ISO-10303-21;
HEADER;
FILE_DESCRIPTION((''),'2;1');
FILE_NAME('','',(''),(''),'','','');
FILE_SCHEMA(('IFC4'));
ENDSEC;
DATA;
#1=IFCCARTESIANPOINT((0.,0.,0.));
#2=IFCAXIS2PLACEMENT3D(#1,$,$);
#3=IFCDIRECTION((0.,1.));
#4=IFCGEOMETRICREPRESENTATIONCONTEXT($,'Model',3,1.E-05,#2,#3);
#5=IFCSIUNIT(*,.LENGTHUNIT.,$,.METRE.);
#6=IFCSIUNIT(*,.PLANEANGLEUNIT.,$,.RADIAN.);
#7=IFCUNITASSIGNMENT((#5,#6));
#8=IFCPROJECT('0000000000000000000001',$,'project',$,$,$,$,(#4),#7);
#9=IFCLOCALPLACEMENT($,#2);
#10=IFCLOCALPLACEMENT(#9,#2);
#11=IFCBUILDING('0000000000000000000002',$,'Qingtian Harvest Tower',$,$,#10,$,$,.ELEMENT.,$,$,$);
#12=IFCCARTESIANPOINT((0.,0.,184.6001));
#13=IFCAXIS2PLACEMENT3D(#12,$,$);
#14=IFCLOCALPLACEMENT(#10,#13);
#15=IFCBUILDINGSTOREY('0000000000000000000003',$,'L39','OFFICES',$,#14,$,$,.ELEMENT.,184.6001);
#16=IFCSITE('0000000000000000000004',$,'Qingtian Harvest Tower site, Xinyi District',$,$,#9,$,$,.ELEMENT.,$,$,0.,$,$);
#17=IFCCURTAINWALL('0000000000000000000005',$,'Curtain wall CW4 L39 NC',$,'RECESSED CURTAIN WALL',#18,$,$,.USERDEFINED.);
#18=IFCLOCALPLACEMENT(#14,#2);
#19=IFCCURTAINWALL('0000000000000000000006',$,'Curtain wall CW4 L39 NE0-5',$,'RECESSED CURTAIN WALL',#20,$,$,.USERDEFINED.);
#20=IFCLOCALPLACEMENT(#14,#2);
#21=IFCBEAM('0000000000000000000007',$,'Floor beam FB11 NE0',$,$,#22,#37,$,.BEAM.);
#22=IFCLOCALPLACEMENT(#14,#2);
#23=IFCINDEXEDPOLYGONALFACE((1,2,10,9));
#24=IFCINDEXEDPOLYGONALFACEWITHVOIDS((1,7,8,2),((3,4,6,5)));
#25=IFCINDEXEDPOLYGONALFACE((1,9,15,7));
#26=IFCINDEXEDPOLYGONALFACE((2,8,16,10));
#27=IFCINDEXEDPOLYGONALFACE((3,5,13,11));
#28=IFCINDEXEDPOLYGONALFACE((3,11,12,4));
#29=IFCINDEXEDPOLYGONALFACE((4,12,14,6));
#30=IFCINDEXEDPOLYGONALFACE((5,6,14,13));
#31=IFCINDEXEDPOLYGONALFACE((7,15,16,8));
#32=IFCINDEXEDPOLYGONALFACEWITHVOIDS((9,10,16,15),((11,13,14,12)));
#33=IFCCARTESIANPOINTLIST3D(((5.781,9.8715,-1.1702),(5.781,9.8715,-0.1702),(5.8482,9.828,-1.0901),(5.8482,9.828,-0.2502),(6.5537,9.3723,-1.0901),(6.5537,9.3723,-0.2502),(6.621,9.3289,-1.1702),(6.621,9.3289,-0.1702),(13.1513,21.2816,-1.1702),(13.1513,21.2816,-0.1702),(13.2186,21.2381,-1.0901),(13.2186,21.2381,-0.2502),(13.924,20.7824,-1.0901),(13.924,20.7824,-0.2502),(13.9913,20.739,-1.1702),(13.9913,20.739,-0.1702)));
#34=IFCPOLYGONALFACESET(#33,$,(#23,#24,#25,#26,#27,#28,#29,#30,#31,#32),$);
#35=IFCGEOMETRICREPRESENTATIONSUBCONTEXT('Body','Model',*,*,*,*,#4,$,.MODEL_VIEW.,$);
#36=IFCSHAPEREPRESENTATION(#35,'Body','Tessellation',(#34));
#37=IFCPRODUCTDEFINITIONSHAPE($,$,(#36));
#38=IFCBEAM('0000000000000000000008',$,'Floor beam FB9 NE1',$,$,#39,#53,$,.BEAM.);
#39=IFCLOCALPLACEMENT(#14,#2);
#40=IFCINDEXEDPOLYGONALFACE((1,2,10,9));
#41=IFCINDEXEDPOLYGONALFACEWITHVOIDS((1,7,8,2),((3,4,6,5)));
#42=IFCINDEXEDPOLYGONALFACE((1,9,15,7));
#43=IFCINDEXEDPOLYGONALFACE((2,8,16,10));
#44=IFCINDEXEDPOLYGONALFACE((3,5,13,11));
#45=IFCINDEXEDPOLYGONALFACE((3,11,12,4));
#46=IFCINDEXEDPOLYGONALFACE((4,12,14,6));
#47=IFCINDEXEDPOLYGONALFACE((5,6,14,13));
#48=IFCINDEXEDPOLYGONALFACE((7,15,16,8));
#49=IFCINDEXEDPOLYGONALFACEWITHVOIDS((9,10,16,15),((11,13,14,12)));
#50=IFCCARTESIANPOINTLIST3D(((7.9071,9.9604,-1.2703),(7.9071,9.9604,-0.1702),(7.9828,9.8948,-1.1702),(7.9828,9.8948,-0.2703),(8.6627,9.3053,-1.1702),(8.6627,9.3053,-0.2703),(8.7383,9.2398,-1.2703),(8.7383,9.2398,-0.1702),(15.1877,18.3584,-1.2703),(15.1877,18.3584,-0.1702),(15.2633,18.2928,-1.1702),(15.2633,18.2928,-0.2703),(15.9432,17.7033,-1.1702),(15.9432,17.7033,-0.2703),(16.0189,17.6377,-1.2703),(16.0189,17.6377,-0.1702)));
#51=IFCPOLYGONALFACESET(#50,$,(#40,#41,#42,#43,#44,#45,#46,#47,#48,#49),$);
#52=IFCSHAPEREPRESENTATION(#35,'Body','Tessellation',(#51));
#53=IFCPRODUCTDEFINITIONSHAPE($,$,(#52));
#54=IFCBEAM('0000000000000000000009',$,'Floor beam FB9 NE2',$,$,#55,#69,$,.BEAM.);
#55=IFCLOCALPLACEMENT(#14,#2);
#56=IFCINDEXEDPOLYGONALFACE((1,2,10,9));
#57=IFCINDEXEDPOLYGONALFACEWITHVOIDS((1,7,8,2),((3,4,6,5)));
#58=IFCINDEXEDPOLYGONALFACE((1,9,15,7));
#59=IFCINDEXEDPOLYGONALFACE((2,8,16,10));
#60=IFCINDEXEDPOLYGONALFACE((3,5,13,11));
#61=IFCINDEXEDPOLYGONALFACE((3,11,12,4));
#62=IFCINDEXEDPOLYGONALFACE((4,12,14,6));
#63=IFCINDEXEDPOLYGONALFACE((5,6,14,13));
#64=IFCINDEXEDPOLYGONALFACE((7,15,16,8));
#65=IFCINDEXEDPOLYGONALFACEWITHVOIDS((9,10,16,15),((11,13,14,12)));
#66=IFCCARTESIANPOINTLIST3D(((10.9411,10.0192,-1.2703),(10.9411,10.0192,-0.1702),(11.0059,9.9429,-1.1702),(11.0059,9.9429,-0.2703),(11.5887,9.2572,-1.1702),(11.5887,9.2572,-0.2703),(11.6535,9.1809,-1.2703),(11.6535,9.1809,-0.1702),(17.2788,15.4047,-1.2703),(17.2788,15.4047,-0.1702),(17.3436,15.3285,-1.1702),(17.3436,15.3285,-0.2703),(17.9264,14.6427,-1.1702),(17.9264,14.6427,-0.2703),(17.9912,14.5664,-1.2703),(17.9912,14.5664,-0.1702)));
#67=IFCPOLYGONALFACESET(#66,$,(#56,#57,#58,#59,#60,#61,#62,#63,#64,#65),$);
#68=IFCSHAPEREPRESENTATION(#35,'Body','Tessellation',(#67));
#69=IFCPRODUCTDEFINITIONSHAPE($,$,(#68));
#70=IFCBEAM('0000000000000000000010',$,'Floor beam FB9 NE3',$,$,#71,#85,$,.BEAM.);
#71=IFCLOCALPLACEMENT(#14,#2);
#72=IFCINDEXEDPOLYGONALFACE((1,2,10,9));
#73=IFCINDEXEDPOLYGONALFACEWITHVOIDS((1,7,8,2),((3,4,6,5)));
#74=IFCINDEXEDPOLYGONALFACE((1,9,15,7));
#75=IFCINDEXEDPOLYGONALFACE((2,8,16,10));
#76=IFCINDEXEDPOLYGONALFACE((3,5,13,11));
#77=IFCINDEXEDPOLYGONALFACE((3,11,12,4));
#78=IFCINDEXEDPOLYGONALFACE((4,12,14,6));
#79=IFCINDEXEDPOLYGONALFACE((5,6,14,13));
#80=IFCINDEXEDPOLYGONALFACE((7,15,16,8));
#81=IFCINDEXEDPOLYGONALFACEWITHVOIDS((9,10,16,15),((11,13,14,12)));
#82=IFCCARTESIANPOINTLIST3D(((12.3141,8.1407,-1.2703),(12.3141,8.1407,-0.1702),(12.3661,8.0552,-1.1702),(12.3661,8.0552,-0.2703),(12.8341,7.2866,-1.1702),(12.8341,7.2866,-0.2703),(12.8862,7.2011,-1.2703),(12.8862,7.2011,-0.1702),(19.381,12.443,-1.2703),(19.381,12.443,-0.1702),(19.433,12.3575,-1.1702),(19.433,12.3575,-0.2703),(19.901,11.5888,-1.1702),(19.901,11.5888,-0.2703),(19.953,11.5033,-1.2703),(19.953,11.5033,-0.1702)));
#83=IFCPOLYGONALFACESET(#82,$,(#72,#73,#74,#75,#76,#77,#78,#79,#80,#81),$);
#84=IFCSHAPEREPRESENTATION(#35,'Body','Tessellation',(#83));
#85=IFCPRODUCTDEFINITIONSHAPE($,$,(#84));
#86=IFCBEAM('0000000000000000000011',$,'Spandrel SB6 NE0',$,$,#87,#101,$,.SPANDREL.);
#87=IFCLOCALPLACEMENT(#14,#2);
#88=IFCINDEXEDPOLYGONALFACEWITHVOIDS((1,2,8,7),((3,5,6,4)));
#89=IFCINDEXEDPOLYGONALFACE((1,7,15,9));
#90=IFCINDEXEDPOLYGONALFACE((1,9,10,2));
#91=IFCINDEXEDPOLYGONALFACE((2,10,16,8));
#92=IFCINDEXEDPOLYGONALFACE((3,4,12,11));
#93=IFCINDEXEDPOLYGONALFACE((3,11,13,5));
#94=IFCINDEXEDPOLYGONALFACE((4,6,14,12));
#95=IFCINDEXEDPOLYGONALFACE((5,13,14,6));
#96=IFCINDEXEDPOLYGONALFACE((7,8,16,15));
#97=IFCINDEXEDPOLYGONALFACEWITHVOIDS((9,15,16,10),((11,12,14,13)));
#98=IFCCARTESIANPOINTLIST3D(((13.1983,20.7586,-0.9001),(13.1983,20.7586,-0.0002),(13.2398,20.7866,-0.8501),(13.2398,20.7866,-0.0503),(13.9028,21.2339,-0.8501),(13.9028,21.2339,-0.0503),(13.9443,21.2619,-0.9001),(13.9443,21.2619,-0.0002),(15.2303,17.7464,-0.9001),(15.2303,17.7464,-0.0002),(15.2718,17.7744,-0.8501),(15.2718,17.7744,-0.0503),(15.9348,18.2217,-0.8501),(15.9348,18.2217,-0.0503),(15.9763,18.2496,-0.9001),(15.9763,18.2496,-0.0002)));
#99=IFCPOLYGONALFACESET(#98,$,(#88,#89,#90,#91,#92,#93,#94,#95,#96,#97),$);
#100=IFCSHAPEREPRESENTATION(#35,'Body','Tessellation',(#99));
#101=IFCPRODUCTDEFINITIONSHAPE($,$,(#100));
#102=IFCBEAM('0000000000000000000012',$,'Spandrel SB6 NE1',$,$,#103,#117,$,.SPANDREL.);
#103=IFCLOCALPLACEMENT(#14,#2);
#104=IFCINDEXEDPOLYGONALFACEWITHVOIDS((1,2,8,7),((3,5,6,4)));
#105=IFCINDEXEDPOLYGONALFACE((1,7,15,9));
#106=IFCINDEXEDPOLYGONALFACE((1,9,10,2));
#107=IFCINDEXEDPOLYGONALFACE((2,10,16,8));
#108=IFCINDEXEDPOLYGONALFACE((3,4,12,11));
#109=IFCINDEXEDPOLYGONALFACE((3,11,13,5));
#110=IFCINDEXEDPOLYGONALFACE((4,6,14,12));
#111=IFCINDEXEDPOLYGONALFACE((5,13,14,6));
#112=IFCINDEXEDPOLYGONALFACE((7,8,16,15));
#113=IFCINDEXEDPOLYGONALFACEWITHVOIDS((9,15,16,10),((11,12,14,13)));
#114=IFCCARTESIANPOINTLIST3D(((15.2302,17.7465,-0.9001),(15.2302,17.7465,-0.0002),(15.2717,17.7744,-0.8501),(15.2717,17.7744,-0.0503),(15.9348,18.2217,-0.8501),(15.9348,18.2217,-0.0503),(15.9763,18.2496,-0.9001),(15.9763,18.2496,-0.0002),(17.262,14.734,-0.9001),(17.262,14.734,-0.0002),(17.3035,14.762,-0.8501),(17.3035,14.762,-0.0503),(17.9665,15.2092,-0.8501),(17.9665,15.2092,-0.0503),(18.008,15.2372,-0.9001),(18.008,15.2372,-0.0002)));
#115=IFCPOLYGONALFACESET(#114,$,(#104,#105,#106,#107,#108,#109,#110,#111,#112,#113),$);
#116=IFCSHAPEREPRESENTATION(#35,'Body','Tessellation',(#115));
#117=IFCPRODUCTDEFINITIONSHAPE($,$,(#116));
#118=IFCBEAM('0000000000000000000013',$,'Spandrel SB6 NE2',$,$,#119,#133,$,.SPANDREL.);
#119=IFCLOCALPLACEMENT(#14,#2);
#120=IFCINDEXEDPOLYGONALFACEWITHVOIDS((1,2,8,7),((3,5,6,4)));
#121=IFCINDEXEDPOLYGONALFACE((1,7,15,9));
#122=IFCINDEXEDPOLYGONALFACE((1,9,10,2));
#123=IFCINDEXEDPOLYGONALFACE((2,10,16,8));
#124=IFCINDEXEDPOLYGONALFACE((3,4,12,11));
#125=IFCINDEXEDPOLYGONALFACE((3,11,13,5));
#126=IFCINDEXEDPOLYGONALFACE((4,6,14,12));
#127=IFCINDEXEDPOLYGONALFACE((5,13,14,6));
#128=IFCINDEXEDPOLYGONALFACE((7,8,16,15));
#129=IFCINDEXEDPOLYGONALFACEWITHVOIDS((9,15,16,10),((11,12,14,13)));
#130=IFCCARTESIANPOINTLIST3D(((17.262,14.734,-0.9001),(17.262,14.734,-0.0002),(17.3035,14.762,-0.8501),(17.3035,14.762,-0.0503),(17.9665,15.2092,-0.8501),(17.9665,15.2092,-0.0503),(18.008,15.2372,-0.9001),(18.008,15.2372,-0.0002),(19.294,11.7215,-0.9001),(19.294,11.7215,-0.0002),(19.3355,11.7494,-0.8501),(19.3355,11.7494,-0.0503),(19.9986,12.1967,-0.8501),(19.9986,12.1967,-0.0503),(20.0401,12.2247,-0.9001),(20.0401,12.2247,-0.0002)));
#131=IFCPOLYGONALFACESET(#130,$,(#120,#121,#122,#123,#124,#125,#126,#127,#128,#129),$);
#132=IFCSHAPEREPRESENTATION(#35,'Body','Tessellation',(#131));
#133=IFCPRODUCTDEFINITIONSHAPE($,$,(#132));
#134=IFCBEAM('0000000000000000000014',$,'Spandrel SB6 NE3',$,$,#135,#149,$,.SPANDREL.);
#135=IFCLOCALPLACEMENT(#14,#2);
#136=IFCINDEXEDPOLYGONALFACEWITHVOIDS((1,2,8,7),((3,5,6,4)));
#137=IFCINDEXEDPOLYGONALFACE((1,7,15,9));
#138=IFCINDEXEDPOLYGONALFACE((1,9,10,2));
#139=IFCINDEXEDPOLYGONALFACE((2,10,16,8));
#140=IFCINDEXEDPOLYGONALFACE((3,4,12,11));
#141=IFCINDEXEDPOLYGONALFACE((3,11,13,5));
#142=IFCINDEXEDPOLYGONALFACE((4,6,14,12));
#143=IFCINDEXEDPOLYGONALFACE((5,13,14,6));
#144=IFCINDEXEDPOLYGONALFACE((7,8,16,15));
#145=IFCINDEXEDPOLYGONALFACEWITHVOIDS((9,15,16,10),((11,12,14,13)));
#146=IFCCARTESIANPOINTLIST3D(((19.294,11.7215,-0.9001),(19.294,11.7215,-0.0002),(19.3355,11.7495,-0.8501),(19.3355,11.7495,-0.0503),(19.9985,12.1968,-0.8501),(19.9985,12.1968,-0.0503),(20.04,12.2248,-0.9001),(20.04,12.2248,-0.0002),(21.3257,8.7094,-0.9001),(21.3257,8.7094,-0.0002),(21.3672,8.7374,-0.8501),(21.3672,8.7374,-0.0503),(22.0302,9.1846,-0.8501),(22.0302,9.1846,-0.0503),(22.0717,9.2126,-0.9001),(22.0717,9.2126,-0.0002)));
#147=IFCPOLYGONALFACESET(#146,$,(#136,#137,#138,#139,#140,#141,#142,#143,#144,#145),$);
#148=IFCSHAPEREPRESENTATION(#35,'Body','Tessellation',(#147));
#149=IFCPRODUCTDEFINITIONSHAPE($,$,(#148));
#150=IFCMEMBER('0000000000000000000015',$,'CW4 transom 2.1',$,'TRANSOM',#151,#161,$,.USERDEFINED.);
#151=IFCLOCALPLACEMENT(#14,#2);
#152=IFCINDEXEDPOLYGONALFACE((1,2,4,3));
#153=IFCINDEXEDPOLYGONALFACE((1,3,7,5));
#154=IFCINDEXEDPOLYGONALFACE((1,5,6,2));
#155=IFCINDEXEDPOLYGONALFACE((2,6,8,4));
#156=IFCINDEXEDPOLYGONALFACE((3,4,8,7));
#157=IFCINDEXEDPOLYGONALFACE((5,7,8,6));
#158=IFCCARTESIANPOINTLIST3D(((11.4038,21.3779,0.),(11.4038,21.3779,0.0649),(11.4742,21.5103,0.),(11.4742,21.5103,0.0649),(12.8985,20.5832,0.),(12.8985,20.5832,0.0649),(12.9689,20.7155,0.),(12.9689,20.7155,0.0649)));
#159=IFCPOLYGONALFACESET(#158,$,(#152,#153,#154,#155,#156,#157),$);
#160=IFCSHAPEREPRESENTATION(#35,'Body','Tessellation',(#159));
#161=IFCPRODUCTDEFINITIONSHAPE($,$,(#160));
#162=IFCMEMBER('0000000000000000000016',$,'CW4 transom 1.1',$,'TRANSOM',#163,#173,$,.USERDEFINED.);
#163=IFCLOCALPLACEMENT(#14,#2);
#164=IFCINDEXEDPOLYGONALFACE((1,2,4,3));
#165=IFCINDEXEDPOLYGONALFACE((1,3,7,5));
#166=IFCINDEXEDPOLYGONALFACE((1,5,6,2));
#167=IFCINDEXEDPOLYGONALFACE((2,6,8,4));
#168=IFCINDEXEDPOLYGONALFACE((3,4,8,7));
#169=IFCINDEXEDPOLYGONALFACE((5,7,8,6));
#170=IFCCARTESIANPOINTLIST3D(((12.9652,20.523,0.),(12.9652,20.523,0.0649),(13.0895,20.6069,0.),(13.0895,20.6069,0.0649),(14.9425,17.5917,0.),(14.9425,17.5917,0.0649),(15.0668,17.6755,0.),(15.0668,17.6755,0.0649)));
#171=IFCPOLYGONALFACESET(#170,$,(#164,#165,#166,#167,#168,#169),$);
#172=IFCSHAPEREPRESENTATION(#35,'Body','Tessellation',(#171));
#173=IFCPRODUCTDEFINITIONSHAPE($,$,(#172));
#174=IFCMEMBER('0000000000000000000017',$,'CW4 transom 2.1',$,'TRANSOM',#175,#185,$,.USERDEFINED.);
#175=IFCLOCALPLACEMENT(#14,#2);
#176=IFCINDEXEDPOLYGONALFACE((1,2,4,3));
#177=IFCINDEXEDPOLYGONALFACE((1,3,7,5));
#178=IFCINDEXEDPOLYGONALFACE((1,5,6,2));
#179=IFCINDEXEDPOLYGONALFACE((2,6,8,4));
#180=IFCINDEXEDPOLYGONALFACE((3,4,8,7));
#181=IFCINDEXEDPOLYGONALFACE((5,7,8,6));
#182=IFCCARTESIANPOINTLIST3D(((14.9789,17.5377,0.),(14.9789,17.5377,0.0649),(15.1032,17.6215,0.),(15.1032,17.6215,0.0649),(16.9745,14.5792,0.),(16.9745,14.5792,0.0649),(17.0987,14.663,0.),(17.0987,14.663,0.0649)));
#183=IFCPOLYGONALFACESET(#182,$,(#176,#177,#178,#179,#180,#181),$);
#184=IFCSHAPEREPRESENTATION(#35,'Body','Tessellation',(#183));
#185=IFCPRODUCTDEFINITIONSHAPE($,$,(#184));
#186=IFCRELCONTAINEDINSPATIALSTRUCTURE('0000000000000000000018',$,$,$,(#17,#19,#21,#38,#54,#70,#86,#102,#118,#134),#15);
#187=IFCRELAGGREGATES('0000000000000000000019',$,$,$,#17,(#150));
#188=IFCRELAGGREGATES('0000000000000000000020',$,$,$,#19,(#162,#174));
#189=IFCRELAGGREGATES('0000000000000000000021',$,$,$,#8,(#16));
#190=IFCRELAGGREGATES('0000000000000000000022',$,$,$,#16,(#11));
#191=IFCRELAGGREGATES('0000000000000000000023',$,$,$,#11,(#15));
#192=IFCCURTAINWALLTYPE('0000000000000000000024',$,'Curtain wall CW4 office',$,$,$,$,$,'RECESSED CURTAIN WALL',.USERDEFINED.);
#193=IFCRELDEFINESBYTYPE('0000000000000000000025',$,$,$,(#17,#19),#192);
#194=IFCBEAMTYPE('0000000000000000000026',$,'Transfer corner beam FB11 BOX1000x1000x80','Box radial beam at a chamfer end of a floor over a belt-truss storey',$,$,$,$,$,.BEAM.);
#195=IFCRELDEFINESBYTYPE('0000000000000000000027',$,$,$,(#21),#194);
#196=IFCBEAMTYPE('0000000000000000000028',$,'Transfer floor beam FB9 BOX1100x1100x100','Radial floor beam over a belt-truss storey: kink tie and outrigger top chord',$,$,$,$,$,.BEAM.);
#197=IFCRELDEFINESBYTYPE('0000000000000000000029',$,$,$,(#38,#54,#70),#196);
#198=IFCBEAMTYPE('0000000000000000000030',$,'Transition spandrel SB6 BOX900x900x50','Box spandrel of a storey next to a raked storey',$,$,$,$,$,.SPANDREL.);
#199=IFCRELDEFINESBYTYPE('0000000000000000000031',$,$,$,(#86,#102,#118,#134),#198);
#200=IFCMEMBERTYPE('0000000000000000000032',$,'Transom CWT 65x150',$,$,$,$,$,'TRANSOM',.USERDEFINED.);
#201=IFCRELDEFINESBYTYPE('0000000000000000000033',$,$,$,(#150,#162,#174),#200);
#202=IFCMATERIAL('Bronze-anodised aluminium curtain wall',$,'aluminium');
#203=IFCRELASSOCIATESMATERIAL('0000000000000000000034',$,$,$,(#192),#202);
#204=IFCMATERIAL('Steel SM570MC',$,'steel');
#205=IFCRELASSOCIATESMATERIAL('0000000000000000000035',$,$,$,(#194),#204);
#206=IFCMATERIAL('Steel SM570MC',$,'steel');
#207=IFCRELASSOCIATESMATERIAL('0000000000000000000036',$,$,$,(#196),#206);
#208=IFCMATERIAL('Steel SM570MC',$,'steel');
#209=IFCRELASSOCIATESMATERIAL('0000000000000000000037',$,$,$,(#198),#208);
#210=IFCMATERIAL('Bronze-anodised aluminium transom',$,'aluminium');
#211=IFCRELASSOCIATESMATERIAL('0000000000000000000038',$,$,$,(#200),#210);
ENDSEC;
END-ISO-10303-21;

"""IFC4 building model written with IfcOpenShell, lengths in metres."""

from ifc_helpers import new_model, si_unit, direction, frame, origin, origin_2d, place, context, subcontext, project, spatial, rectangle, hollow_rectangle, extrude, material, material_profile, profile_set, type_object, element, aggregate, save


model = new_model("IFC4")

# Units and contexts
model_context = context("Model", 3, precision=1e-05, world=origin(), true_north=direction((0.0, 1.0)))
body_context = subcontext(model_context, "Body", "Model", "MODEL_VIEW")
ifc_project = project(units=[si_unit("LENGTHUNIT", "METRE"), si_unit("PLANEANGLEUNIT", "RADIAN")], contexts=[model_context])

# Site, building, storey
site_placement = place(None, origin())
site = spatial("IfcSite", under=ifc_project, at=site_placement, Name="Qingtian Harvest Tower site, Xinyi District", CompositionType="ELEMENT", RefElevation=0.0)
building_placement = place(site_placement, origin())
building = spatial("IfcBuilding", under=site, at=building_placement, Name="Qingtian Harvest Tower", CompositionType="ELEMENT")
storey_placement = place(building_placement, frame((0.0, 0.0, 184.6001)))
storey = spatial("IfcBuildingStorey", under=building, at=storey_placement, Name="L39", Description="OFFICES", CompositionType="ELEMENT", Elevation=184.6001)

# Curtain wall
ifc_material_1 = material(Name="Bronze-anodised aluminium curtain wall", Category="aluminium")
curtain_wall_type = type_object("IfcCurtainWallType", Name="Curtain wall CW4 office", ElementType="RECESSED CURTAIN WALL", PredefinedType="USERDEFINED", material=ifc_material_1)
curtain_wall_1_placement = place(storey_placement, origin())
curtain_wall_1 = element("IfcCurtainWall", 1, at=curtain_wall_1_placement, inside=storey, type_object=curtain_wall_type, Name="Curtain wall CW4 L39 NC", ObjectType="RECESSED CURTAIN WALL", PredefinedType="USERDEFINED")

# Curtain wall
curtain_wall_2_placement = place(storey_placement, origin())
curtain_wall_2 = element("IfcCurtainWall", 2, at=curtain_wall_2_placement, inside=storey, type_object=curtain_wall_type, Name="Curtain wall CW4 L39 NE0-5", ObjectType="RECESSED CURTAIN WALL", PredefinedType="USERDEFINED")

# Beams
ifc_material_2 = material(Name="Steel SM570MC", Category="steel")
ifc_material_profile_1 = material_profile(ifc_material_2, hollow_rectangle(XDim=1.0, YDim=1.0, WallThickness=0.0801, at=origin_2d()), Name="BOX1000x1000x80")
ifc_profile_set_1 = profile_set([ifc_material_profile_1], Name="Steel SM570MC")
beam_type_1 = type_object("IfcBeamType", Name="Transfer corner beam FB11 BOX1000x1000x80", Description="Box radial beam at a chamfer end of a floor over a belt-truss storey", PredefinedType="BEAM", material=ifc_profile_set_1)
beam_1_placement = place(storey_placement, frame((13.5713, 21.0103, -0.6702), z_axis=(-0.542593, -0.839996, 0.0), x_axis=(0.839996, -0.542593, 0.0)))
element("IfcBeam", 3, at=beam_1_placement, inside=storey, type_object=beam_type_1, Name="Floor beam FB11 NE0", PredefinedType="BEAM", context=body_context, shape_type="SweptSolid", body=[
    extrude(hollow_rectangle(XDim=1.0, YDim=1.0, WallThickness=0.0801, at=origin_2d()), origin(), (0.0, 0.0, 1.0), 13.5835),
])
ifc_material_3 = material(Name="Steel SM570MC", Category="steel")
ifc_material_profile_2 = material_profile(ifc_material_3, hollow_rectangle(XDim=1.1001, YDim=1.1001, WallThickness=0.1001, at=origin_2d()), Name="BOX1100x1100x100")
ifc_profile_set_2 = profile_set([ifc_material_profile_2], Name="Steel SM570MC")
beam_type_2 = type_object("IfcBeamType", Name="Transfer floor beam FB9 BOX1100x1100x100", Description="Radial floor beam over a belt-truss storey: kink tie and outrigger top chord", PredefinedType="BEAM", material=ifc_profile_set_2)
beam_2_placement = place(storey_placement, frame((15.6033, 17.998, -0.7202), z_axis=(-0.655048, -0.755587, 0.0), x_axis=(0.755587, -0.655048, 0.0)))
element("IfcBeam", 4, at=beam_2_placement, inside=storey, type_object=beam_type_2, Name="Floor beam FB9 NE1", PredefinedType="BEAM", context=body_context, shape_type="SweptSolid", body=[
    extrude(hollow_rectangle(XDim=1.1001, YDim=1.1001, WallThickness=0.1001, at=origin_2d()), origin(), (0.0, 0.0, 1.0), 11.1145),
])
beam_3_placement = place(storey_placement, frame((17.635, 14.9856, -0.7202), z_axis=(-0.762028, -0.647544, 0.0), x_axis=(0.647544, -0.762028, 0.0)))
element("IfcBeam", 5, at=beam_3_placement, inside=storey, type_object=beam_type_2, Name="Floor beam FB9 NE2", PredefinedType="BEAM", context=body_context, shape_type="SweptSolid", body=[
    extrude(hollow_rectangle(XDim=1.1001, YDim=1.1001, WallThickness=0.1001, at=origin_2d()), origin(), (0.0, 0.0, 1.0), 8.3169),
])
beam_4_placement = place(storey_placement, frame((19.667, 11.9731, -0.7202), z_axis=(-0.854163, -0.520005, 0.0), x_axis=(0.520005, -0.854163, 0.0)))
element("IfcBeam", 6, at=beam_4_placement, inside=storey, type_object=beam_type_2, Name="Floor beam FB9 NE3", PredefinedType="BEAM", context=body_context, shape_type="SweptSolid", body=[
    extrude(hollow_rectangle(XDim=1.1001, YDim=1.1001, WallThickness=0.1001, at=origin_2d()), origin(), (0.0, 0.0, 1.0), 8.2734),
])
ifc_material_4 = material(Name="Steel SM570MC", Category="steel")
ifc_material_profile_3 = material_profile(ifc_material_4, hollow_rectangle(XDim=0.8999, YDim=0.8999, WallThickness=0.05, at=origin_2d()), Name="BOX900x900x50")
ifc_profile_set_3 = profile_set([ifc_material_profile_3], Name="Steel SM570MC")
beam_type_3 = type_object("IfcBeamType", Name="Transition spandrel SB6 BOX900x900x50", Description="Box spandrel of a storey next to a raked storey", PredefinedType="SPANDREL", material=ifc_profile_set_3)
for number, where, z_axis, x_axis, name in (
    (7, (13.5713, 21.0103, -0.4502), (0.559235, -0.829009, 0.0), (0.829009, 0.559235, 0.0), "Spandrel SB6 NE0"),
    (8, (15.6033, 17.998, -0.4502), (0.559158, -0.829061, 0.0), (0.829061, 0.559158, 0.0), "Spandrel SB6 NE1"),
):
    element("IfcBeam", number, at=place(storey_placement, frame(where, z_axis=z_axis, x_axis=x_axis)), inside=storey, type_object=beam_type_3, Name=name, PredefinedType="SPANDREL", context=body_context, shape_type="SweptSolid", body=[
        extrude(hollow_rectangle(XDim=0.8999, YDim=0.8999, WallThickness=0.05, at=origin_2d()), origin(), (0.0, 0.0, 1.0), 3.6335),
    ])
beam_5_placement = place(storey_placement, frame((17.635, 14.9856, -0.4502), z_axis=(0.559204, -0.82903, 0.0), x_axis=(0.82903, 0.559204, 0.0)))
element("IfcBeam", 9, at=beam_5_placement, inside=storey, type_object=beam_type_3, Name="Spandrel SB6 NE2", PredefinedType="SPANDREL", context=body_context, shape_type="SweptSolid", body=[
    extrude(hollow_rectangle(XDim=0.8999, YDim=0.8999, WallThickness=0.05, at=origin_2d()), origin(), (0.0, 0.0, 1.0), 3.6338),
])
beam_6_placement = place(storey_placement, frame((19.667, 11.9731, -0.4502), z_axis=(0.559189, -0.82904, 0.0), x_axis=(0.82904, 0.559189, 0.0)))
element("IfcBeam", 10, at=beam_6_placement, inside=storey, type_object=beam_type_3, Name="Spandrel SB6 NE3", PredefinedType="SPANDREL", context=body_context, shape_type="SweptSolid", body=[
    extrude(hollow_rectangle(XDim=0.8999, YDim=0.8999, WallThickness=0.05, at=origin_2d()), origin(), (0.0, 0.0, 1.0), 3.6333),
])

# Members
ifc_material_5 = material(Name="Bronze-anodised aluminium transom", Category="aluminium")
ifc_material_profile_4 = material_profile(ifc_material_5, rectangle(XDim=0.1499, YDim=0.0649, at=origin_2d()), Name="AL 65x150")
ifc_profile_set_4 = profile_set([ifc_material_profile_4], Name="Bronze-anodised aluminium transom")
member_type_1 = type_object("IfcMemberType", Name="Transom CWT 65x150", ElementType="TRANSOM", PredefinedType="USERDEFINED", material=ifc_profile_set_4)
member_1_placement = place(storey_placement, frame((11.439, 21.4441, 0.0325), z_axis=(0.882955, -0.469457, 0.0), x_axis=(0.469457, 0.882955, 0.0)))
member_1 = element("IfcMember", 11, at=member_1_placement, type_object=member_type_1, Name="CW4 transom 2.1", ObjectType="TRANSOM", PredefinedType="USERDEFINED", context=body_context, shape_type="SweptSolid", body=[
    extrude(rectangle(XDim=0.1499, YDim=0.0649, at=origin_2d()), origin(), (0.0, 0.0, 1.0), 1.6929),
])
member_2_placement = place(storey_placement, frame((13.0273, 20.5649, 0.0325), z_axis=(0.559201, -0.829032, 0.0), x_axis=(0.829032, 0.559201, 0.0)))
member_2 = element("IfcMember", 12, at=member_2_placement, type_object=member_type_1, Name="CW4 transom 1.1", ObjectType="TRANSOM", PredefinedType="USERDEFINED", context=body_context, shape_type="SweptSolid", body=[
    extrude(rectangle(XDim=0.1499, YDim=0.0649, at=origin_2d()), origin(), (0.0, 0.0, 1.0), 3.5359),
])
member_3_placement = place(storey_placement, frame((15.041, 17.5796, 0.0325), z_axis=(0.559207, -0.829028, 0.0), x_axis=(0.829028, 0.559207, 0.0)))
member_3 = element("IfcMember", 13, at=member_3_placement, type_object=member_type_1, Name="CW4 transom 2.1", ObjectType="TRANSOM", PredefinedType="USERDEFINED", context=body_context, shape_type="SweptSolid", body=[
    extrude(rectangle(XDim=0.1499, YDim=0.0649, at=origin_2d()), origin(), (0.0, 0.0, 1.0), 3.5686),
])

aggregate(curtain_wall_1, [member_1])
aggregate(curtain_wall_2, [member_2, member_3])

save(model, "model.ifc")
